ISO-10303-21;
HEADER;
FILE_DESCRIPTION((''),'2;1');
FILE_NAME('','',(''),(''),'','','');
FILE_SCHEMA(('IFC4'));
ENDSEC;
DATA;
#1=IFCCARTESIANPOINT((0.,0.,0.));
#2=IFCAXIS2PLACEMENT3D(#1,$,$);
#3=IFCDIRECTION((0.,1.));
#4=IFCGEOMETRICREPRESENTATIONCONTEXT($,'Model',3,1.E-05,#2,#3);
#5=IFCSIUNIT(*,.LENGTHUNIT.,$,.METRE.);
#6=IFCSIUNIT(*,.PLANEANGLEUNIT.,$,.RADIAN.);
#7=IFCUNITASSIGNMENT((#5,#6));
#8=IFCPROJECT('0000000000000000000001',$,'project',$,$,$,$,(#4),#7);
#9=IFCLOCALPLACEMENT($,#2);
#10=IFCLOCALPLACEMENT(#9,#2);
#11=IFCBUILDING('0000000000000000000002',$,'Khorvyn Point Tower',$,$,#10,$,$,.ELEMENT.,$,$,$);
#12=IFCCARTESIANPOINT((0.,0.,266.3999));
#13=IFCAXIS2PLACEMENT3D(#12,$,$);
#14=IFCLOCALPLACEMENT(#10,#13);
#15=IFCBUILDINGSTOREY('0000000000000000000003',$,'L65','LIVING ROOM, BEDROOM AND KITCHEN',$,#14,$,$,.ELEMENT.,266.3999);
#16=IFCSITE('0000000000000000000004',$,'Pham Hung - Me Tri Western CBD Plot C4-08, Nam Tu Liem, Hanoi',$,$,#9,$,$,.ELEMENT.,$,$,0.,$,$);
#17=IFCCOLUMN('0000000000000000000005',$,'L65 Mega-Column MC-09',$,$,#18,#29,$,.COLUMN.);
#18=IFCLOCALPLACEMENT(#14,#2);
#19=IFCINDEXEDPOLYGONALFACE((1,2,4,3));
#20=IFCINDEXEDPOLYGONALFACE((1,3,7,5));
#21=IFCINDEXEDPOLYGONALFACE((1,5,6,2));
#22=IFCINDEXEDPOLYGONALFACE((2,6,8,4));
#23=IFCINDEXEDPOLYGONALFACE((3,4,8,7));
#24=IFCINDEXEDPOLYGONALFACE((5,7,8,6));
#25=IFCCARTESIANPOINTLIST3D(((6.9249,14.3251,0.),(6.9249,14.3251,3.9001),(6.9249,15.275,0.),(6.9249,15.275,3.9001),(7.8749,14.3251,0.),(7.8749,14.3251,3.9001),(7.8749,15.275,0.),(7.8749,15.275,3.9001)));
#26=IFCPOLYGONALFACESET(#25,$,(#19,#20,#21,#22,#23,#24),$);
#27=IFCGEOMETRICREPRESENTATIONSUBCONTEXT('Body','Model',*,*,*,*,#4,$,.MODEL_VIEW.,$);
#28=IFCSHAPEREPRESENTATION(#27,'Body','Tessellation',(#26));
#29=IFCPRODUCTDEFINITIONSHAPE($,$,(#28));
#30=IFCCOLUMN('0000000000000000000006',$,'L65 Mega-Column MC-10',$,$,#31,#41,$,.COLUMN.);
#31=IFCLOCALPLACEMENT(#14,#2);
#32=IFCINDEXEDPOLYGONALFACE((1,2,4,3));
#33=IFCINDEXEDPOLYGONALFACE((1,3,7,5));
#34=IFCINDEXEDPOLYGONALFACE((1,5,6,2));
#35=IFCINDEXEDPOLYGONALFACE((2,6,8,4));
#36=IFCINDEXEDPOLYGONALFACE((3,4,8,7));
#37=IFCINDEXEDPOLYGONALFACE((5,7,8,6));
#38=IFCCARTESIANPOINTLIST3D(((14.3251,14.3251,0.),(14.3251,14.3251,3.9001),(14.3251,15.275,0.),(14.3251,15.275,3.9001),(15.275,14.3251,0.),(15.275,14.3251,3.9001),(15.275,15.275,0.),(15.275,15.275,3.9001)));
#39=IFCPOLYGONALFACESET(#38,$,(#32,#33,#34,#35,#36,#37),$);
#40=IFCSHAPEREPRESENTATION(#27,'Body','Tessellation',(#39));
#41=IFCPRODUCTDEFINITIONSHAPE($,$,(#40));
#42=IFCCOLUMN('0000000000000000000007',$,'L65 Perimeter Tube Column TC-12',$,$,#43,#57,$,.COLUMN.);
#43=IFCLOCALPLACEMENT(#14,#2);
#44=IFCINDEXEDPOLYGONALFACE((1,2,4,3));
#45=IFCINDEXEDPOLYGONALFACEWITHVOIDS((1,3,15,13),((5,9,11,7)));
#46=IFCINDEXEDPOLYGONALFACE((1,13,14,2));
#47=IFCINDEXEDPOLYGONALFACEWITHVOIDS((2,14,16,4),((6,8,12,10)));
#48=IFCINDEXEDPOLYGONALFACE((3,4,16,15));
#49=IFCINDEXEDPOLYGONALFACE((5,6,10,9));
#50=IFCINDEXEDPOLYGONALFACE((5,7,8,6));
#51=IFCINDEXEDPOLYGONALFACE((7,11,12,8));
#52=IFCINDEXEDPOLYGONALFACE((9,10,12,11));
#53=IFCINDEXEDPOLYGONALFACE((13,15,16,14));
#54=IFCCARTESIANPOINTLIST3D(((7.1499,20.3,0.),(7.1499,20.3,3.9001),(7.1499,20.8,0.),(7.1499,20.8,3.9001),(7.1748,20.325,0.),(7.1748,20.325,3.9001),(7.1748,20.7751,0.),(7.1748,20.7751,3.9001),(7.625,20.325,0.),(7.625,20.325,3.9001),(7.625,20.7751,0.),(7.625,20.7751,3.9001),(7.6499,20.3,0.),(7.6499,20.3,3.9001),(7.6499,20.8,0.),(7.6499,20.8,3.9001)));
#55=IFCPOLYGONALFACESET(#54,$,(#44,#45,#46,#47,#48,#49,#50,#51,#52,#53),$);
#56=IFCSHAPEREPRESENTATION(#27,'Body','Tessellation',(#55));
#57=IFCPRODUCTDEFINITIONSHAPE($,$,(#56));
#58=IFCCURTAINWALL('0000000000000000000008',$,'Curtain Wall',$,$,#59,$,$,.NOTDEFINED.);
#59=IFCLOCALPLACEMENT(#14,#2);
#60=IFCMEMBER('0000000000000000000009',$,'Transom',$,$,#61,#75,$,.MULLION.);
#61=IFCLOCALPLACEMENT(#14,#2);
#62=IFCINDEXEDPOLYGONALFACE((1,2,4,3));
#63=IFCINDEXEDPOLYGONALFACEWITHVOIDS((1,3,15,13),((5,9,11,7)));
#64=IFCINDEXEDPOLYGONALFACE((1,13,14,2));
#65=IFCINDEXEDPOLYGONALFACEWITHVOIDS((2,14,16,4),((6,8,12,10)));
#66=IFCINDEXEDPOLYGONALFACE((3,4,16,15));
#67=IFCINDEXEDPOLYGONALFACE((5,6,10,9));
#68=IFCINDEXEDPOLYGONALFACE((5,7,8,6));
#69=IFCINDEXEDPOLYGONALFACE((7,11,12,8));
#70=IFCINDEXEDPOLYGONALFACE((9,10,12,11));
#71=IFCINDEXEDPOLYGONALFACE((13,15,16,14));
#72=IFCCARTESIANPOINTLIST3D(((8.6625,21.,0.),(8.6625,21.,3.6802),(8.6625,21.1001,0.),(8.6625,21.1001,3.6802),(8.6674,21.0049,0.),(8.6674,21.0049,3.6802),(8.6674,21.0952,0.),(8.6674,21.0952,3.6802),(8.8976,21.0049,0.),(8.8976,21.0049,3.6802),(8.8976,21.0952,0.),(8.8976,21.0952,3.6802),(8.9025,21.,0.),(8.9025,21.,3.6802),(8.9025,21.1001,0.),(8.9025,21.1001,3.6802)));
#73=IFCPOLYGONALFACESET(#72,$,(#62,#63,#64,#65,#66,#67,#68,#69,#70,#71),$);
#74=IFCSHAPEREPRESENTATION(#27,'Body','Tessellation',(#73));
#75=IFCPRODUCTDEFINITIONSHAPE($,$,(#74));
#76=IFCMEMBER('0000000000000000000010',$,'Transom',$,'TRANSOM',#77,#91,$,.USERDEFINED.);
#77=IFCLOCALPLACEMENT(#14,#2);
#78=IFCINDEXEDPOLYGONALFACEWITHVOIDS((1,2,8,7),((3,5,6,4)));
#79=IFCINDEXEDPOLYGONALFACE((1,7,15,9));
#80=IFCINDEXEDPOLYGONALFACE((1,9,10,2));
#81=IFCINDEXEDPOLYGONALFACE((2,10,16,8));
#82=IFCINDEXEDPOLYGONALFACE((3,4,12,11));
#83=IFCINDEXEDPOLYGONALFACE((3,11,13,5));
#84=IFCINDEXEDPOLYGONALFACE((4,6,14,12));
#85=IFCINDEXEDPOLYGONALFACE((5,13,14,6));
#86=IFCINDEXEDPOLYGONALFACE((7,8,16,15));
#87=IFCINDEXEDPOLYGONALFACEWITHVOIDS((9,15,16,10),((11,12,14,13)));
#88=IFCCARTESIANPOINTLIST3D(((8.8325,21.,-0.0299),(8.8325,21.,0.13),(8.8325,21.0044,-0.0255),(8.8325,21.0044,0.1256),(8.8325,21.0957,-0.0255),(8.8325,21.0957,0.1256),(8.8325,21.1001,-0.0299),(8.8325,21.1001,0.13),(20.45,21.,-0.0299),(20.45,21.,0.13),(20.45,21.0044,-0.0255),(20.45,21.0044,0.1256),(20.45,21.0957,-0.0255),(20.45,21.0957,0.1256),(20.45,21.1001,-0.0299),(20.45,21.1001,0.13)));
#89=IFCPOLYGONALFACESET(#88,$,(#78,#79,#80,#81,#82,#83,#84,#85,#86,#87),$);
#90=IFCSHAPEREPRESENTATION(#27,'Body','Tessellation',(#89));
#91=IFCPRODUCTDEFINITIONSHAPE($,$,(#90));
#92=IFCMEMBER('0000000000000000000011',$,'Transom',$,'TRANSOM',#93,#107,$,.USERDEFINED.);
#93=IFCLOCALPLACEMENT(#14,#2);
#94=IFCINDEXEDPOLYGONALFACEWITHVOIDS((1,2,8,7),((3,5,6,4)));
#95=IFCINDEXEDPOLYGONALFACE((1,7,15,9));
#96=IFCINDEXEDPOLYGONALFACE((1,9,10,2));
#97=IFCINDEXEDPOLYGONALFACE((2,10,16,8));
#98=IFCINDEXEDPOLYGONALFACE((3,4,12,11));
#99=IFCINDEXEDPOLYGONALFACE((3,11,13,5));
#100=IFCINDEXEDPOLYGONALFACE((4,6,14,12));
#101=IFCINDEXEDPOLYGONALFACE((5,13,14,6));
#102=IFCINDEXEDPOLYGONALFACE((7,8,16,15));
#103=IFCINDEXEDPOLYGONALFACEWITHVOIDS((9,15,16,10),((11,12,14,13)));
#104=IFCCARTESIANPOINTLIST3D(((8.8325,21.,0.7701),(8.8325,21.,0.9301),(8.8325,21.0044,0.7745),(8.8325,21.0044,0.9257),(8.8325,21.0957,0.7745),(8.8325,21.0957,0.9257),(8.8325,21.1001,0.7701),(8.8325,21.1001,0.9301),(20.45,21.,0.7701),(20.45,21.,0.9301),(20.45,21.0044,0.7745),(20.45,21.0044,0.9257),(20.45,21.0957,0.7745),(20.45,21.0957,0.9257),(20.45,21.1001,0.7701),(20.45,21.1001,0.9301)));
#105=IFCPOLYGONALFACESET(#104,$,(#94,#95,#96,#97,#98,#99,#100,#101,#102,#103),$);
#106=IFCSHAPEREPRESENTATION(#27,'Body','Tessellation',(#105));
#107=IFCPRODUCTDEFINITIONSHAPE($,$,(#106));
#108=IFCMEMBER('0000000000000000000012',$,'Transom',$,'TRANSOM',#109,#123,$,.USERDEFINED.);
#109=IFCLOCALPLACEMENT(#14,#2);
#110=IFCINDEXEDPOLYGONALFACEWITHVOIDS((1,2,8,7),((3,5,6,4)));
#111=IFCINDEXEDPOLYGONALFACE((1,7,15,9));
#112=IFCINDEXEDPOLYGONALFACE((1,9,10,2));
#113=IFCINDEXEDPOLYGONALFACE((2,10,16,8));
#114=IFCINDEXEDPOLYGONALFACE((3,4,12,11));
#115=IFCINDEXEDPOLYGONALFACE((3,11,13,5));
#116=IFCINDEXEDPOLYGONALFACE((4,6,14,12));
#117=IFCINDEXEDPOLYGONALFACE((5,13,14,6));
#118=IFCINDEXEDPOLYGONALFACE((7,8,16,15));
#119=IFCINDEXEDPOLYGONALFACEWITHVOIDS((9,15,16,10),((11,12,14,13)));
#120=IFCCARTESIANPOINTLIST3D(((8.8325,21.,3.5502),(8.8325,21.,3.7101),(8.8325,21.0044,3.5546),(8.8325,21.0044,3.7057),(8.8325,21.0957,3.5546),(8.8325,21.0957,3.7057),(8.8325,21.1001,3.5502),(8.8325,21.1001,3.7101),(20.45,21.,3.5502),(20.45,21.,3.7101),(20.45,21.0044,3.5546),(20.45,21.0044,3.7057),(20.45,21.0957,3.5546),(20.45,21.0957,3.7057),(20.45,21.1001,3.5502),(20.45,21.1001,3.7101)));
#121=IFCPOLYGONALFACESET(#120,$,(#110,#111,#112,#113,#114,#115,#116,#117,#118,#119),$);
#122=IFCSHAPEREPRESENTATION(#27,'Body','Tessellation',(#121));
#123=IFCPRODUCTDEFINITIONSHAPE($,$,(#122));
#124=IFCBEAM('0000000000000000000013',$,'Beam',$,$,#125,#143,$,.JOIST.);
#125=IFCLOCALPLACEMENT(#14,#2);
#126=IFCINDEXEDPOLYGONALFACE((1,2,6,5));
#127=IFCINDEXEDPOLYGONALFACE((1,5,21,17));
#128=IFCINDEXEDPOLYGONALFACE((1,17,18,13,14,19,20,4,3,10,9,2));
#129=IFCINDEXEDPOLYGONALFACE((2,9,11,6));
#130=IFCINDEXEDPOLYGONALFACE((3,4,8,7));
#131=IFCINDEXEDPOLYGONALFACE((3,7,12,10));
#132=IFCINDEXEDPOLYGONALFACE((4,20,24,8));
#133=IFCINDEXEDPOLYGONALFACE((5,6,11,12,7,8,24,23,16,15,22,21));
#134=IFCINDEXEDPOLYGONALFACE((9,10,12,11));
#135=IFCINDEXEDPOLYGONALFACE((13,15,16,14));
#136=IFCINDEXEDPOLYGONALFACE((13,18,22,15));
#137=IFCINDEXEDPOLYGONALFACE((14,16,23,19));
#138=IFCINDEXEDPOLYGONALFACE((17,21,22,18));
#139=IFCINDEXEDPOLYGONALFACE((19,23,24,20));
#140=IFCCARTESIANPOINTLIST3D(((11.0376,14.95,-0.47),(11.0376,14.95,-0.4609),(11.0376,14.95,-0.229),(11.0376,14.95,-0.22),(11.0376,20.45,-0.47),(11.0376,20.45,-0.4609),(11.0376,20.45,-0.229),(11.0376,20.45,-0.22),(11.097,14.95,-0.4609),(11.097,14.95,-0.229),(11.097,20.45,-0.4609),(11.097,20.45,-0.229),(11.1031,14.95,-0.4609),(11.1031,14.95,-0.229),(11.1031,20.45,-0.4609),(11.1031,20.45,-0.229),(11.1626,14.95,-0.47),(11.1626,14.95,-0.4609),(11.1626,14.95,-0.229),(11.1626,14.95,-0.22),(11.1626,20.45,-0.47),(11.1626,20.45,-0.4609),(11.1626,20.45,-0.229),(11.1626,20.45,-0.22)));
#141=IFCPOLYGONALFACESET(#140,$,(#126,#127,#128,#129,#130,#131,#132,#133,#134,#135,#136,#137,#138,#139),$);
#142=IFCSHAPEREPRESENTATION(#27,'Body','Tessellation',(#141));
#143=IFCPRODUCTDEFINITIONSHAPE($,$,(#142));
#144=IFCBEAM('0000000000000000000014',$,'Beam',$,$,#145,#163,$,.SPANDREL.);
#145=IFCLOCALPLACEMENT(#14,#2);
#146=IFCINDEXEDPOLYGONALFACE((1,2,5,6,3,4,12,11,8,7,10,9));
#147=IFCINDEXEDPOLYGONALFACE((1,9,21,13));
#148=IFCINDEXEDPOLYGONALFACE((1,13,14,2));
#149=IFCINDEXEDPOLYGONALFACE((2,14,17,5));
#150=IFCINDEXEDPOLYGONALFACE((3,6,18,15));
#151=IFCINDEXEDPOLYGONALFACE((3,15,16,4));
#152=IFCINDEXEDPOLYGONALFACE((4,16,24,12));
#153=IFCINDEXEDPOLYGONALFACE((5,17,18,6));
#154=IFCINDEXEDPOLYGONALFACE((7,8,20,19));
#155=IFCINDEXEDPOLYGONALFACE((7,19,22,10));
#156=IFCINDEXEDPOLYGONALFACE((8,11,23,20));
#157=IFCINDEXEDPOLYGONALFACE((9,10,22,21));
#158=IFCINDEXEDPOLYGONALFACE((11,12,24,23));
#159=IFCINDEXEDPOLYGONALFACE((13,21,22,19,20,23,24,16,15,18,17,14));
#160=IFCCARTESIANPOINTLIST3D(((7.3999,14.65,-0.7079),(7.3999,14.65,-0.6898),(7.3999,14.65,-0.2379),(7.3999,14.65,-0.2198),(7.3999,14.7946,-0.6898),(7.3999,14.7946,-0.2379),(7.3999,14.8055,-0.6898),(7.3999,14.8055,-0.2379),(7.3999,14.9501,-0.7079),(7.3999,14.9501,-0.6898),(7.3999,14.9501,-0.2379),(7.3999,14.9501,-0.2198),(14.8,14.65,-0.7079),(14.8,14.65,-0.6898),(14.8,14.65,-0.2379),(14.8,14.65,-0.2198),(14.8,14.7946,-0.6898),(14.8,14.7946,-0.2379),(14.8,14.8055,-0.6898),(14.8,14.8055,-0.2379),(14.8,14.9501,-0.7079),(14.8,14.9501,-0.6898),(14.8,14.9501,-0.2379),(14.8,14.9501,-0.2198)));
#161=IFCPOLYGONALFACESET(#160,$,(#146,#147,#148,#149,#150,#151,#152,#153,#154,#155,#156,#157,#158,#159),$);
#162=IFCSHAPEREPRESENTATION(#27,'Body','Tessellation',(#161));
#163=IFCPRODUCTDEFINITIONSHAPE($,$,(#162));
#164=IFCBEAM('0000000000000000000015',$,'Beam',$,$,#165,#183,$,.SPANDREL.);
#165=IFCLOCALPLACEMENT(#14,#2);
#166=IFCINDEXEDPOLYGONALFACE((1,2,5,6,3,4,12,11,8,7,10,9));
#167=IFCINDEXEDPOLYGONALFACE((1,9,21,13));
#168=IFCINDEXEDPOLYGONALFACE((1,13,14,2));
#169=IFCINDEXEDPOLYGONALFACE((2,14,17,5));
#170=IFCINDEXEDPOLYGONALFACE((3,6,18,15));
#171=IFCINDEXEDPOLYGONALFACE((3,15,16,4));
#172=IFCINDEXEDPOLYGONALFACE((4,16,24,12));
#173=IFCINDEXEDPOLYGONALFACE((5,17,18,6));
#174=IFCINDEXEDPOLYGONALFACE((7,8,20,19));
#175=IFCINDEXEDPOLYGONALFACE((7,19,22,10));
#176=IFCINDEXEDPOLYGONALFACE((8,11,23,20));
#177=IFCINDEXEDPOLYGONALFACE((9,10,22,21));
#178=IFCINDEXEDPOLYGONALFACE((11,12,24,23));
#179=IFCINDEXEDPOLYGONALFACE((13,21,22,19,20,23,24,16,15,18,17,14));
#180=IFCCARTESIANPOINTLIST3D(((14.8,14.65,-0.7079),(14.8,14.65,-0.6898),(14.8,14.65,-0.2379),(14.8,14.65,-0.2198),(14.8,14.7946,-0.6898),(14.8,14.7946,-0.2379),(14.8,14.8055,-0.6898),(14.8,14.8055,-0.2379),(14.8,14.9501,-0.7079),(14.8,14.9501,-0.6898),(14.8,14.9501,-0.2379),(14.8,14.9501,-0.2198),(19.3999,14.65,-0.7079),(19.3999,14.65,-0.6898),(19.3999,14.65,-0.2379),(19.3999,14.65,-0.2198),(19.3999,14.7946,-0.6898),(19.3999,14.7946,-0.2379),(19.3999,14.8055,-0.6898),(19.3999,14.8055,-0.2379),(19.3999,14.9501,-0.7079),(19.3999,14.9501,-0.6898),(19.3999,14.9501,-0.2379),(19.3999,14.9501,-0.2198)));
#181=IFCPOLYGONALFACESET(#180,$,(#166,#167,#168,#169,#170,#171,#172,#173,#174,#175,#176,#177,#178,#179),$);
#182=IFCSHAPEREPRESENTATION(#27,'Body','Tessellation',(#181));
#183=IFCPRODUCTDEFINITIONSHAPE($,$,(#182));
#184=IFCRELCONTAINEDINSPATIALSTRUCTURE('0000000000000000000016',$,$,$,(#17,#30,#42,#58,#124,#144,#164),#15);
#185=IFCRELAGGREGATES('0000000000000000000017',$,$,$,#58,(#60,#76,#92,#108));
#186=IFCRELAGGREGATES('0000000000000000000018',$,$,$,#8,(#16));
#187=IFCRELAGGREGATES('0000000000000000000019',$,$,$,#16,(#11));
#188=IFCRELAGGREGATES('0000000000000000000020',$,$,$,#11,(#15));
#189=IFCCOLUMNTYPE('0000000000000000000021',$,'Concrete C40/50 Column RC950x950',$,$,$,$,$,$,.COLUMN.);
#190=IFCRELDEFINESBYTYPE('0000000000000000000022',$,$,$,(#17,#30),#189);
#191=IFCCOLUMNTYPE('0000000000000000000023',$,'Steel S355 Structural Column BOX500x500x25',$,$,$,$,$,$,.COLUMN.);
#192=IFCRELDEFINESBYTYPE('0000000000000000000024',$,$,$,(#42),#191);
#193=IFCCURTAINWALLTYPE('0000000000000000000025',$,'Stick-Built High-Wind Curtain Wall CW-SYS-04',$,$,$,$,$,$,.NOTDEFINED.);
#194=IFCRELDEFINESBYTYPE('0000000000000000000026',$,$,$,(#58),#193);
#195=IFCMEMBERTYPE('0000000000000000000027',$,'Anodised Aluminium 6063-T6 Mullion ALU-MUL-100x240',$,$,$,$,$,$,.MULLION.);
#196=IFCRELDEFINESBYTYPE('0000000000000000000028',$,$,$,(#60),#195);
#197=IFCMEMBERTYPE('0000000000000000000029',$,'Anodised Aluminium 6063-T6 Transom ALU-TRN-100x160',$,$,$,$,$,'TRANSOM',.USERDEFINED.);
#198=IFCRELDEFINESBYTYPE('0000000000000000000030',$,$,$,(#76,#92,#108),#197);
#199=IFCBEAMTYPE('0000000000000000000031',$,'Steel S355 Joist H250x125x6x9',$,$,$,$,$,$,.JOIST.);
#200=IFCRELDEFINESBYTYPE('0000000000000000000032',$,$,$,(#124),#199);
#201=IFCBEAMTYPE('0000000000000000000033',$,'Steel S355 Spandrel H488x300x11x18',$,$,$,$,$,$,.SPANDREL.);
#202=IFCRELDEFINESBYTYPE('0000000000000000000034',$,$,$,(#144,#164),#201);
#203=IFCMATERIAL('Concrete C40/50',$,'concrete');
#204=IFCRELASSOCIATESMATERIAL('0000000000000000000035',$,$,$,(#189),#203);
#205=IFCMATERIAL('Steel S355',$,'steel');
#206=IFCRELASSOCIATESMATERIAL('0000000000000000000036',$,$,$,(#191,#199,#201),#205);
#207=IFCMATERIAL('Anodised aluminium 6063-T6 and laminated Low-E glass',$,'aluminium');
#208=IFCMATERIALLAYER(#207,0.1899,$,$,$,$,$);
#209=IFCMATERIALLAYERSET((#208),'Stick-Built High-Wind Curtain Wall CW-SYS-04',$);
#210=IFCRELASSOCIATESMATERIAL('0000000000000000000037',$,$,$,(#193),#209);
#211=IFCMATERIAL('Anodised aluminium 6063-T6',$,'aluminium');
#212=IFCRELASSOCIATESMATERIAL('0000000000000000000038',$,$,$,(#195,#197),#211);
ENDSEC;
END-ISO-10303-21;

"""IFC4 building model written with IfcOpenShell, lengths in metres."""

from ifc_helpers import new_model, si_unit, direction, frame, origin, origin_2d, place, context, subcontext, project, spatial, rectangle, hollow_rectangle, i_section, extrude, material, layer, layer_set, material_profile, profile_set, type_object, element, aggregate, save


model = new_model("IFC4")

# Units and contexts
model_context = context("Model", 3, precision=1e-05, world=origin(), true_north=direction((0.0, 1.0)))
body_context = subcontext(model_context, "Body", "Model", "MODEL_VIEW")
ifc_project = project(units=[si_unit("LENGTHUNIT", "METRE"), si_unit("PLANEANGLEUNIT", "RADIAN")], contexts=[model_context])

# Site, building, storey
site_placement = place(None, origin())
site = spatial("IfcSite", under=ifc_project, at=site_placement, Name="Pham Hung - Me Tri Western CBD Plot C4-08, Nam Tu Liem, Hanoi", CompositionType="ELEMENT", RefElevation=0.0)
building_placement = place(site_placement, origin())
building = spatial("IfcBuilding", under=site, at=building_placement, Name="Khorvyn Point Tower", CompositionType="ELEMENT")
storey_placement = place(building_placement, frame((0.0, 0.0, 266.3999)))
storey = spatial("IfcBuildingStorey", under=building, at=storey_placement, Name="L65", Description="LIVING ROOM, BEDROOM AND KITCHEN", CompositionType="ELEMENT", Elevation=266.3999)

# Columns
ifc_material_1 = material(Name="Concrete C40/50", Category="concrete")
ifc_material_profile_1 = material_profile(ifc_material_1, rectangle(XDim=0.95, YDim=0.95, at=origin_2d()))
ifc_profile_set_1 = profile_set([ifc_material_profile_1], Name="Concrete C40/50 RC950x950")
column_type_1 = type_object("IfcColumnType", Name="Concrete C40/50 Column RC950x950", PredefinedType="COLUMN", material=ifc_profile_set_1)
for number, where, z_axis, x_axis, name in (
    (1, (7.3999, 14.8, 0.0), (0.0, 0.0, 1.0), (1.0, 0.0, 0.0), "L65 Mega-Column MC-09"),
    (2, (14.8, 14.8, 0.0), (0.0, 0.0, 1.0), (1.0, 0.0, 0.0), "L65 Mega-Column MC-10"),
):
    element("IfcColumn", number, at=place(storey_placement, frame(where, z_axis=z_axis, x_axis=x_axis)), inside=storey, type_object=column_type_1, Name=name, PredefinedType="COLUMN", context=body_context, shape_type="SweptSolid", body=[
        extrude(rectangle(XDim=0.95, YDim=0.95, at=origin_2d()), origin(), (0.0, 0.0, 1.0), 3.9001),
    ])
ifc_material_2 = material(Name="Steel S355", Category="steel")
ifc_material_profile_2 = material_profile(ifc_material_2, hollow_rectangle(XDim=0.5, YDim=0.5, WallThickness=0.0249, at=origin_2d()))
ifc_profile_set_2 = profile_set([ifc_material_profile_2], Name="Steel S355 BOX500x500x25")
column_type_2 = type_object("IfcColumnType", Name="Steel S355 Structural Column BOX500x500x25", PredefinedType="COLUMN", material=ifc_profile_set_2)
column_placement = place(storey_placement, frame((7.3999, 20.55, 0.0), z_axis=(0.0, 0.0, 1.0), x_axis=(1.0, 0.0, 0.0)))
element("IfcColumn", 3, at=column_placement, inside=storey, type_object=column_type_2, Name="L65 Perimeter Tube Column TC-12", PredefinedType="COLUMN", context=body_context, shape_type="SweptSolid", body=[
    extrude(hollow_rectangle(XDim=0.5, YDim=0.5, WallThickness=0.0249, at=origin_2d()), origin(), (0.0, 0.0, 1.0), 3.9001),
])

# Curtain wall, members
ifc_material_3 = material(Name="Anodised aluminium 6063-T6 and laminated Low-E glass", Category="aluminium")
ifc_layer_1 = layer(ifc_material_3, 0.1899)
ifc_layer_set_1 = layer_set([ifc_layer_1], Name="Stick-Built High-Wind Curtain Wall CW-SYS-04")
curtain_wall_type = type_object("IfcCurtainWallType", Name="Stick-Built High-Wind Curtain Wall CW-SYS-04", PredefinedType="NOTDEFINED", material=ifc_layer_set_1)
curtain_wall_placement = place(storey_placement, origin())
curtain_wall = element("IfcCurtainWall", 4, at=curtain_wall_placement, inside=storey, type_object=curtain_wall_type, Name="Curtain Wall", PredefinedType="NOTDEFINED")
ifc_material_4 = material(Name="Anodised aluminium 6063-T6", Category="aluminium")
ifc_material_profile_3 = material_profile(ifc_material_4, hollow_rectangle(XDim=0.1001, YDim=0.24, WallThickness=0.0049, at=origin_2d()))
ifc_profile_set_3 = profile_set([ifc_material_profile_3], Name="Anodised aluminium 6063-T6 ALU-MUL-100x240")
member_type_1 = type_object("IfcMemberType", Name="Anodised Aluminium 6063-T6 Mullion ALU-MUL-100x240", PredefinedType="MULLION", material=ifc_profile_set_3)
member_1_placement = place(storey_placement, frame((8.7825, 21.05, 0.0), z_axis=(0.0, 0.0, 1.0), x_axis=(0.0, 1.0, 0.0)))
member_1 = element("IfcMember", 5, at=member_1_placement, type_object=member_type_1, Name="Transom", PredefinedType="MULLION", context=body_context, shape_type="SweptSolid", body=[
    extrude(hollow_rectangle(XDim=0.1001, YDim=0.24, WallThickness=0.0049, at=origin_2d()), origin(), (0.0, 0.0, 1.0), 3.6802),
])
ifc_material_profile_4 = material_profile(ifc_material_4, hollow_rectangle(XDim=0.1001, YDim=0.1599, WallThickness=0.0044, at=origin_2d()))
ifc_profile_set_4 = profile_set([ifc_material_profile_4], Name="Anodised aluminium 6063-T6 ALU-TRN-100x160")
member_type_2 = type_object("IfcMemberType", Name="Anodised Aluminium 6063-T6 Transom ALU-TRN-100x160", ElementType="TRANSOM", PredefinedType="USERDEFINED", material=ifc_profile_set_4)
member_2_placement = place(storey_placement, frame((8.8325, 21.05, 0.05), z_axis=(1.0, 0.0, 0.0), x_axis=(0.0, 1.0, 0.0)))
member_2 = element("IfcMember", 6, at=member_2_placement, type_object=member_type_2, Name="Transom", ObjectType="TRANSOM", PredefinedType="USERDEFINED", context=body_context, shape_type="SweptSolid", body=[
    extrude(hollow_rectangle(XDim=0.1001, YDim=0.1599, WallThickness=0.0044, at=origin_2d()), origin(), (0.0, 0.0, 1.0), 11.6174),
])
member_3_placement = place(storey_placement, frame((8.8325, 21.05, 0.8501), z_axis=(1.0, 0.0, 0.0), x_axis=(0.0, 1.0, 0.0)))
member_3 = element("IfcMember", 7, at=member_3_placement, type_object=member_type_2, Name="Transom", ObjectType="TRANSOM", PredefinedType="USERDEFINED", context=body_context, shape_type="SweptSolid", body=[
    extrude(hollow_rectangle(XDim=0.1001, YDim=0.1599, WallThickness=0.0044, at=origin_2d()), origin(), (0.0, 0.0, 1.0), 11.6174),
])
member_4_placement = place(storey_placement, frame((8.8325, 21.05, 3.6301), z_axis=(1.0, 0.0, 0.0), x_axis=(0.0, 1.0, 0.0)))
member_4 = element("IfcMember", 8, at=member_4_placement, type_object=member_type_2, Name="Transom", ObjectType="TRANSOM", PredefinedType="USERDEFINED", context=body_context, shape_type="SweptSolid", body=[
    extrude(hollow_rectangle(XDim=0.1001, YDim=0.1599, WallThickness=0.0044, at=origin_2d()), origin(), (0.0, 0.0, 1.0), 11.6174),
])

# Beams
ifc_material_profile_5 = material_profile(ifc_material_2, i_section(OverallWidth=0.125, OverallDepth=0.25, WebThickness=0.0061, FlangeThickness=0.009, at=origin_2d()))
ifc_profile_set_5 = profile_set([ifc_material_profile_5], Name="Steel S355 H250x125x6x9")
beam_type_1 = type_object("IfcBeamType", Name="Steel S355 Joist H250x125x6x9", PredefinedType="JOIST", material=ifc_profile_set_5)
beam_1_placement = place(storey_placement, frame((11.1001, 14.95, -0.345), z_axis=(0.0, 1.0, 0.0), x_axis=(-1.0, 0.0, 0.0)))
element("IfcBeam", 9, at=beam_1_placement, inside=storey, type_object=beam_type_1, Name="Beam", PredefinedType="JOIST", context=body_context, shape_type="SweptSolid", body=[
    extrude(i_section(OverallWidth=0.125, OverallDepth=0.25, WebThickness=0.0061, FlangeThickness=0.009, at=origin_2d()), origin(), (0.0, 0.0, 1.0), 5.5),
])
ifc_material_profile_6 = material_profile(ifc_material_2, i_section(OverallWidth=0.3, OverallDepth=0.488, WebThickness=0.011, FlangeThickness=0.0181, at=origin_2d()))
ifc_profile_set_6 = profile_set([ifc_material_profile_6], Name="Steel S355 H488x300x11x18")
beam_type_2 = type_object("IfcBeamType", Name="Steel S355 Spandrel H488x300x11x18", PredefinedType="SPANDREL", material=ifc_profile_set_6)
beam_2_placement = place(storey_placement, frame((7.3999, 14.8, -0.4639), z_axis=(1.0, 0.0, 0.0), x_axis=(0.0, 1.0, 0.0)))
element("IfcBeam", 10, at=beam_2_placement, inside=storey, type_object=beam_type_2, Name="Beam", PredefinedType="SPANDREL", context=body_context, shape_type="SweptSolid", body=[
    extrude(i_section(OverallWidth=0.3, OverallDepth=0.488, WebThickness=0.011, FlangeThickness=0.0181, at=origin_2d()), origin(), (0.0, 0.0, 1.0), 7.4001),
])
beam_3_placement = place(storey_placement, frame((14.8, 14.8, -0.4639), z_axis=(1.0, 0.0, 0.0), x_axis=(0.0, 1.0, 0.0)))
element("IfcBeam", 11, at=beam_3_placement, inside=storey, type_object=beam_type_2, Name="Beam", PredefinedType="SPANDREL", context=body_context, shape_type="SweptSolid", body=[
    extrude(i_section(OverallWidth=0.3, OverallDepth=0.488, WebThickness=0.011, FlangeThickness=0.0181, at=origin_2d()), origin(), (0.0, 0.0, 1.0), 4.5999),
])

aggregate(curtain_wall, [member_1, member_2, member_3, member_4])

save(model, "model.ifc")
